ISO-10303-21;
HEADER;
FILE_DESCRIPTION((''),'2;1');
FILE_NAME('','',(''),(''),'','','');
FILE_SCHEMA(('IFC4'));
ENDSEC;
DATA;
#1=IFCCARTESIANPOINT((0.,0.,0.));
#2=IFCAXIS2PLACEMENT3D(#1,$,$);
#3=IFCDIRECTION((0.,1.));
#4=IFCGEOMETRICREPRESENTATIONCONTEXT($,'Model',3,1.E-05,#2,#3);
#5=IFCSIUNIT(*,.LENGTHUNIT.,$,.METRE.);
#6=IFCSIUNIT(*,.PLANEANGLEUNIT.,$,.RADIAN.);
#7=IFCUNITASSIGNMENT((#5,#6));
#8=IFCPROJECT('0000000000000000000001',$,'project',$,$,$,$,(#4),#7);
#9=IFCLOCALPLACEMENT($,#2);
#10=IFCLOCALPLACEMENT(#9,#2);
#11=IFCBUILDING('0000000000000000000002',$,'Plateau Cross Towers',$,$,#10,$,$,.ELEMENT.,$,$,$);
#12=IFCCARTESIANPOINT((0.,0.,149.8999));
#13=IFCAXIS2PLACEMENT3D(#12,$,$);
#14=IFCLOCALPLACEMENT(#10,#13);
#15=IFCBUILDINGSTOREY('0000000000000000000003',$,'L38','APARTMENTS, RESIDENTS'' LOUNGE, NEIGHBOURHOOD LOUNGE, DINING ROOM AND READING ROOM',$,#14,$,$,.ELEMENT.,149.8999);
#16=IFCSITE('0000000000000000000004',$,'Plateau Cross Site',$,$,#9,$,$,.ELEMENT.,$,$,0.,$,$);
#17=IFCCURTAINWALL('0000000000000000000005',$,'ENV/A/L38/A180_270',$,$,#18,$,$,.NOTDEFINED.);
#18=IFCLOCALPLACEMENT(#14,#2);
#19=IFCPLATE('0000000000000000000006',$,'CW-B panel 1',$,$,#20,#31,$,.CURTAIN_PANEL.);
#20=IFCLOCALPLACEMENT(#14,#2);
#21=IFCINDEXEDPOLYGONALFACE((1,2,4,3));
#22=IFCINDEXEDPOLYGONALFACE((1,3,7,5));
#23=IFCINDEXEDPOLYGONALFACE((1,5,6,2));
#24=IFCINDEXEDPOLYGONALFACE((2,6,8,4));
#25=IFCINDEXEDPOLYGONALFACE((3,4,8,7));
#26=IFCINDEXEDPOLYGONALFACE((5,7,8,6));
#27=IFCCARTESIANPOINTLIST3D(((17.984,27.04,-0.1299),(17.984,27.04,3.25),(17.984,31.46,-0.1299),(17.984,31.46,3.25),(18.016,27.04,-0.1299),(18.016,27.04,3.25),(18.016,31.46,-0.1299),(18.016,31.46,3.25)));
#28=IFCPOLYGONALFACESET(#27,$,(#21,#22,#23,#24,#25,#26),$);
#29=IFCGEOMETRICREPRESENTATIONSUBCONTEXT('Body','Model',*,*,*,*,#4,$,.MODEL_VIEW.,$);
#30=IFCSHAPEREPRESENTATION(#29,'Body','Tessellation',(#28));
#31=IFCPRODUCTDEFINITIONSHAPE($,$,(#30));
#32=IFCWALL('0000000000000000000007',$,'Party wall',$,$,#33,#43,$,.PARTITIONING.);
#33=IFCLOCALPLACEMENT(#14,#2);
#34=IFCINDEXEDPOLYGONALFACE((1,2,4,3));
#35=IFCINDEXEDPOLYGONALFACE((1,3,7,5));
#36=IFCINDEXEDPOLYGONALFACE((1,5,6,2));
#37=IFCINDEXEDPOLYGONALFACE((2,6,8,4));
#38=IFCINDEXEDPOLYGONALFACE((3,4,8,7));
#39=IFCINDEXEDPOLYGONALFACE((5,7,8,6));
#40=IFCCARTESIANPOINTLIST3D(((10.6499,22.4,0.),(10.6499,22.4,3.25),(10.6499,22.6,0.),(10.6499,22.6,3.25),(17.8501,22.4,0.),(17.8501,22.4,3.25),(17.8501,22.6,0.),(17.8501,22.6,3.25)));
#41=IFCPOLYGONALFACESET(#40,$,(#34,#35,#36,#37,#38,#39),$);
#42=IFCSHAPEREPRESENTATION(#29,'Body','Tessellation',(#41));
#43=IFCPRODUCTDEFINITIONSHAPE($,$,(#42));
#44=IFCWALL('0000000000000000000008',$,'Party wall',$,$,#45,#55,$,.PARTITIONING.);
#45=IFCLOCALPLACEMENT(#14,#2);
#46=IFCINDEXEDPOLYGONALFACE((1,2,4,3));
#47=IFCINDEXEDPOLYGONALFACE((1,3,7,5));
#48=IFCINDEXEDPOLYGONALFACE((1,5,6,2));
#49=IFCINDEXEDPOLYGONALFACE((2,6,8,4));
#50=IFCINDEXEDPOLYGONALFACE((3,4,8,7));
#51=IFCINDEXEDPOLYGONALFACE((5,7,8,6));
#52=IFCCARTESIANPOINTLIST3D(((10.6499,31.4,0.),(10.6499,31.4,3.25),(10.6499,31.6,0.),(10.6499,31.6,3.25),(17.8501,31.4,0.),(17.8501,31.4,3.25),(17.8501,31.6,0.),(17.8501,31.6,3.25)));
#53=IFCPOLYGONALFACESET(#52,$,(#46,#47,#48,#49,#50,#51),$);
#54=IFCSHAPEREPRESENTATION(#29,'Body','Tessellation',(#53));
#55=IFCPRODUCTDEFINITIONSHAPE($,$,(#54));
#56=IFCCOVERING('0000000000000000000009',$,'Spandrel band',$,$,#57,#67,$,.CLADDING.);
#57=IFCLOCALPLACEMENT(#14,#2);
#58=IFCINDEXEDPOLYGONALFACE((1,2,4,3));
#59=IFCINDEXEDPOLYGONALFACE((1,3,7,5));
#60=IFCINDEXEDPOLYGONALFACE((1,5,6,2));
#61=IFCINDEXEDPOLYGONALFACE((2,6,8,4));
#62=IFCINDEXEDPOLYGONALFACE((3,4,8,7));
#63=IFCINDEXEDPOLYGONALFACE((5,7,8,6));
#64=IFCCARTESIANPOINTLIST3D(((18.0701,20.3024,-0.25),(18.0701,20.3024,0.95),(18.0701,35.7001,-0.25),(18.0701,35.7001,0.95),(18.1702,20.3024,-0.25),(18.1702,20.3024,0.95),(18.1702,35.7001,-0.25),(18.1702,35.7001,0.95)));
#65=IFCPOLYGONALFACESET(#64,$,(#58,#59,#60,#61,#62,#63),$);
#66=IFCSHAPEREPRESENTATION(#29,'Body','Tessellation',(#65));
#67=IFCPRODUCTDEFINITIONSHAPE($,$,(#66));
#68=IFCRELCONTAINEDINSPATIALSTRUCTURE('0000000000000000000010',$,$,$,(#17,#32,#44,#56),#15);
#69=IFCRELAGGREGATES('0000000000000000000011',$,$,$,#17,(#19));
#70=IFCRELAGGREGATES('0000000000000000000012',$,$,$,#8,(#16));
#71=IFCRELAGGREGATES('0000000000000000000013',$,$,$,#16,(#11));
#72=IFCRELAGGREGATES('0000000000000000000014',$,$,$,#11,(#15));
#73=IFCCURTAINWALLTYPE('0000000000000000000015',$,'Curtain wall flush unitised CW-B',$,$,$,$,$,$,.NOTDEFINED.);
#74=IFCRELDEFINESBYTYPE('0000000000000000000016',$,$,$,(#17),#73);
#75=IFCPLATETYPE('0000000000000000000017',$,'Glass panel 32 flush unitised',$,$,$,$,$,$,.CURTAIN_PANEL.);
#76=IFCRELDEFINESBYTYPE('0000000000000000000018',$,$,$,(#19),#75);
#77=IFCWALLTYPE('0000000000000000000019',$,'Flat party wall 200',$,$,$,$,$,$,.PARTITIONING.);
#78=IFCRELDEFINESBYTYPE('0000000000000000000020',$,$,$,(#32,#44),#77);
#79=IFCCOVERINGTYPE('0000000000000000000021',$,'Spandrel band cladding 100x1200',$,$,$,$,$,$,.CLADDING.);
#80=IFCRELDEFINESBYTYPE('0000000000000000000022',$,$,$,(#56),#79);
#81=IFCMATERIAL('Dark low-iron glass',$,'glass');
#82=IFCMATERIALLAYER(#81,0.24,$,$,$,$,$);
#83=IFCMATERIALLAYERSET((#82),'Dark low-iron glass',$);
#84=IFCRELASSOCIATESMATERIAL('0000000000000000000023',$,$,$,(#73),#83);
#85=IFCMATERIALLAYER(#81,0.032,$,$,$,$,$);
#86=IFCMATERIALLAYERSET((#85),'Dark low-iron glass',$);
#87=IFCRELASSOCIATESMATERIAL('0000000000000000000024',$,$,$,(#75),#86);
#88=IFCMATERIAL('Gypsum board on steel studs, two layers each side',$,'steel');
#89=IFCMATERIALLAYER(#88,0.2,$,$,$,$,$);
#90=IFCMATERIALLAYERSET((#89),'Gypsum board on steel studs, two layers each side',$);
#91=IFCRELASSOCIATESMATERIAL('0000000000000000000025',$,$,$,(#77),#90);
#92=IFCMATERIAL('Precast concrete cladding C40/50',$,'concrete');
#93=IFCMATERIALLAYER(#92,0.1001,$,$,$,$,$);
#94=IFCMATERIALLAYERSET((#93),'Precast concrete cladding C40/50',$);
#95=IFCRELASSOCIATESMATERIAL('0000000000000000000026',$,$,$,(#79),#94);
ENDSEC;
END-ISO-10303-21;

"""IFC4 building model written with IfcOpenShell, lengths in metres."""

from ifc_helpers import new_model, si_unit, direction, frame, frame_2d, origin, origin_2d, place, context, subcontext, project, spatial, rectangle, extrude, material, layer, layer_set, type_object, element, aggregate, save


model = new_model("IFC4")

# Units and contexts
model_context = context("Model", 3, precision=1e-05, world=origin(), true_north=direction((0.0, 1.0)))
body_context = subcontext(model_context, "Body", "Model", "MODEL_VIEW")
ifc_project = project(units=[si_unit("LENGTHUNIT", "METRE"), si_unit("PLANEANGLEUNIT", "RADIAN")], contexts=[model_context])

# Site, building, storey
site_placement = place(None, origin())
site = spatial("IfcSite", under=ifc_project, at=site_placement, Name="Plateau Cross Site", CompositionType="ELEMENT", RefElevation=0.0)
building_placement = place(site_placement, origin())
building = spatial("IfcBuilding", under=site, at=building_placement, Name="Plateau Cross Towers", CompositionType="ELEMENT")
storey_placement = place(building_placement, frame((0.0, 0.0, 149.8999)))
storey = spatial("IfcBuildingStorey", under=building, at=storey_placement, Name="L38", Description="APARTMENTS, RESIDENTS' LOUNGE, NEIGHBOURHOOD LOUNGE, DINING ROOM AND READING ROOM", CompositionType="ELEMENT", Elevation=149.8999)

# Shared definitions
ifc_material_1 = material(Name="Dark low-iron glass", Category="glass")
ifc_layer_1 = layer(ifc_material_1, 0.24)
ifc_layer_set_1 = layer_set([ifc_layer_1], Name="Dark low-iron glass")
curtain_wall_type_1 = type_object("IfcCurtainWallType", Name="Curtain wall flush unitised CW-B", PredefinedType="NOTDEFINED", material=ifc_layer_set_1)

# Curtain wall
curtain_wall_1_placement = place(storey_placement, origin())
curtain_wall_1 = element("IfcCurtainWall", 1, at=curtain_wall_1_placement, inside=storey, type_object=curtain_wall_type_1, Name="ENV/A/L38/A180_270", PredefinedType="NOTDEFINED")

# Plate
ifc_layer_2 = layer(ifc_material_1, 0.032)
ifc_layer_set_2 = layer_set([ifc_layer_2], Name="Dark low-iron glass")
plate_type = type_object("IfcPlateType", Name="Glass panel 32 flush unitised", PredefinedType="CURTAIN_PANEL", material=ifc_layer_set_2)
plate_1_placement = place(storey_placement, frame((18.0, 29.25, -0.1299), z_axis=(0.0, 0.0, 1.0), x_axis=(0.0, 1.0, 0.0)))
plate_1 = element("IfcPlate", 2, at=plate_1_placement, type_object=plate_type, Name="CW-B panel 1", PredefinedType="CURTAIN_PANEL", context=body_context, shape_type="SweptSolid", body=[
    extrude(rectangle(XDim=4.4199, YDim=0.032, at=origin_2d()), origin(), (0.0, 0.0, 1.0), 3.3799),
])
aggregate(curtain_wall_1, [plate_1])

# Walls
ifc_material_2 = material(Name="Gypsum board on steel studs, two layers each side", Category="steel")
ifc_layer_3 = layer(ifc_material_2, 0.2)
ifc_layer_set_3 = layer_set([ifc_layer_3], Name="Gypsum board on steel studs, two layers each side")
wall_type_1 = type_object("IfcWallType", Name="Flat party wall 200", PredefinedType="PARTITIONING", material=ifc_layer_set_3)
for number, where, z_axis, x_axis, name in (
    (3, (17.8501, 22.5, 0.0), (0.0, 0.0, 1.0), (-1.0, 0.0, 0.0), "Party wall"),
    (4, (17.8501, 31.5, 0.0), (0.0, 0.0, 1.0), (-1.0, 0.0, 0.0), "Party wall"),
):
    element("IfcWall", number, at=place(storey_placement, frame(where, z_axis=z_axis, x_axis=x_axis)), inside=storey, type_object=wall_type_1, Name=name, PredefinedType="PARTITIONING", context=body_context, shape_type="SweptSolid", body=[
        extrude(rectangle(XDim=7.2002, YDim=0.2, at=frame_2d((3.6001, 0.0))), origin(), (0.0, 0.0, 1.0), 3.25),
    ])

# Covering
ifc_material_3 = material(Name="Precast concrete cladding C40/50", Category="concrete")
ifc_layer_4 = layer(ifc_material_3, 0.1001)
ifc_layer_set_4 = layer_set([ifc_layer_4], Name="Precast concrete cladding C40/50")
covering_type = type_object("IfcCoveringType", Name="Spandrel band cladding 100x1200", PredefinedType="CLADDING", material=ifc_layer_set_4)
covering_placement = place(storey_placement, frame((18.1201, 28.0012, -0.25), z_axis=(0.0, 0.0, 1.0), x_axis=(0.0, 1.0, 0.0)))
element("IfcCovering", 5, at=covering_placement, inside=storey, type_object=covering_type, Name="Spandrel band", PredefinedType="CLADDING", context=body_context, shape_type="SweptSolid", body=[
    extrude(rectangle(XDim=15.3977, YDim=0.1001, at=origin_2d()), origin(), (0.0, 0.0, 1.0), 1.2),
])

save(model, "model.ifc")
